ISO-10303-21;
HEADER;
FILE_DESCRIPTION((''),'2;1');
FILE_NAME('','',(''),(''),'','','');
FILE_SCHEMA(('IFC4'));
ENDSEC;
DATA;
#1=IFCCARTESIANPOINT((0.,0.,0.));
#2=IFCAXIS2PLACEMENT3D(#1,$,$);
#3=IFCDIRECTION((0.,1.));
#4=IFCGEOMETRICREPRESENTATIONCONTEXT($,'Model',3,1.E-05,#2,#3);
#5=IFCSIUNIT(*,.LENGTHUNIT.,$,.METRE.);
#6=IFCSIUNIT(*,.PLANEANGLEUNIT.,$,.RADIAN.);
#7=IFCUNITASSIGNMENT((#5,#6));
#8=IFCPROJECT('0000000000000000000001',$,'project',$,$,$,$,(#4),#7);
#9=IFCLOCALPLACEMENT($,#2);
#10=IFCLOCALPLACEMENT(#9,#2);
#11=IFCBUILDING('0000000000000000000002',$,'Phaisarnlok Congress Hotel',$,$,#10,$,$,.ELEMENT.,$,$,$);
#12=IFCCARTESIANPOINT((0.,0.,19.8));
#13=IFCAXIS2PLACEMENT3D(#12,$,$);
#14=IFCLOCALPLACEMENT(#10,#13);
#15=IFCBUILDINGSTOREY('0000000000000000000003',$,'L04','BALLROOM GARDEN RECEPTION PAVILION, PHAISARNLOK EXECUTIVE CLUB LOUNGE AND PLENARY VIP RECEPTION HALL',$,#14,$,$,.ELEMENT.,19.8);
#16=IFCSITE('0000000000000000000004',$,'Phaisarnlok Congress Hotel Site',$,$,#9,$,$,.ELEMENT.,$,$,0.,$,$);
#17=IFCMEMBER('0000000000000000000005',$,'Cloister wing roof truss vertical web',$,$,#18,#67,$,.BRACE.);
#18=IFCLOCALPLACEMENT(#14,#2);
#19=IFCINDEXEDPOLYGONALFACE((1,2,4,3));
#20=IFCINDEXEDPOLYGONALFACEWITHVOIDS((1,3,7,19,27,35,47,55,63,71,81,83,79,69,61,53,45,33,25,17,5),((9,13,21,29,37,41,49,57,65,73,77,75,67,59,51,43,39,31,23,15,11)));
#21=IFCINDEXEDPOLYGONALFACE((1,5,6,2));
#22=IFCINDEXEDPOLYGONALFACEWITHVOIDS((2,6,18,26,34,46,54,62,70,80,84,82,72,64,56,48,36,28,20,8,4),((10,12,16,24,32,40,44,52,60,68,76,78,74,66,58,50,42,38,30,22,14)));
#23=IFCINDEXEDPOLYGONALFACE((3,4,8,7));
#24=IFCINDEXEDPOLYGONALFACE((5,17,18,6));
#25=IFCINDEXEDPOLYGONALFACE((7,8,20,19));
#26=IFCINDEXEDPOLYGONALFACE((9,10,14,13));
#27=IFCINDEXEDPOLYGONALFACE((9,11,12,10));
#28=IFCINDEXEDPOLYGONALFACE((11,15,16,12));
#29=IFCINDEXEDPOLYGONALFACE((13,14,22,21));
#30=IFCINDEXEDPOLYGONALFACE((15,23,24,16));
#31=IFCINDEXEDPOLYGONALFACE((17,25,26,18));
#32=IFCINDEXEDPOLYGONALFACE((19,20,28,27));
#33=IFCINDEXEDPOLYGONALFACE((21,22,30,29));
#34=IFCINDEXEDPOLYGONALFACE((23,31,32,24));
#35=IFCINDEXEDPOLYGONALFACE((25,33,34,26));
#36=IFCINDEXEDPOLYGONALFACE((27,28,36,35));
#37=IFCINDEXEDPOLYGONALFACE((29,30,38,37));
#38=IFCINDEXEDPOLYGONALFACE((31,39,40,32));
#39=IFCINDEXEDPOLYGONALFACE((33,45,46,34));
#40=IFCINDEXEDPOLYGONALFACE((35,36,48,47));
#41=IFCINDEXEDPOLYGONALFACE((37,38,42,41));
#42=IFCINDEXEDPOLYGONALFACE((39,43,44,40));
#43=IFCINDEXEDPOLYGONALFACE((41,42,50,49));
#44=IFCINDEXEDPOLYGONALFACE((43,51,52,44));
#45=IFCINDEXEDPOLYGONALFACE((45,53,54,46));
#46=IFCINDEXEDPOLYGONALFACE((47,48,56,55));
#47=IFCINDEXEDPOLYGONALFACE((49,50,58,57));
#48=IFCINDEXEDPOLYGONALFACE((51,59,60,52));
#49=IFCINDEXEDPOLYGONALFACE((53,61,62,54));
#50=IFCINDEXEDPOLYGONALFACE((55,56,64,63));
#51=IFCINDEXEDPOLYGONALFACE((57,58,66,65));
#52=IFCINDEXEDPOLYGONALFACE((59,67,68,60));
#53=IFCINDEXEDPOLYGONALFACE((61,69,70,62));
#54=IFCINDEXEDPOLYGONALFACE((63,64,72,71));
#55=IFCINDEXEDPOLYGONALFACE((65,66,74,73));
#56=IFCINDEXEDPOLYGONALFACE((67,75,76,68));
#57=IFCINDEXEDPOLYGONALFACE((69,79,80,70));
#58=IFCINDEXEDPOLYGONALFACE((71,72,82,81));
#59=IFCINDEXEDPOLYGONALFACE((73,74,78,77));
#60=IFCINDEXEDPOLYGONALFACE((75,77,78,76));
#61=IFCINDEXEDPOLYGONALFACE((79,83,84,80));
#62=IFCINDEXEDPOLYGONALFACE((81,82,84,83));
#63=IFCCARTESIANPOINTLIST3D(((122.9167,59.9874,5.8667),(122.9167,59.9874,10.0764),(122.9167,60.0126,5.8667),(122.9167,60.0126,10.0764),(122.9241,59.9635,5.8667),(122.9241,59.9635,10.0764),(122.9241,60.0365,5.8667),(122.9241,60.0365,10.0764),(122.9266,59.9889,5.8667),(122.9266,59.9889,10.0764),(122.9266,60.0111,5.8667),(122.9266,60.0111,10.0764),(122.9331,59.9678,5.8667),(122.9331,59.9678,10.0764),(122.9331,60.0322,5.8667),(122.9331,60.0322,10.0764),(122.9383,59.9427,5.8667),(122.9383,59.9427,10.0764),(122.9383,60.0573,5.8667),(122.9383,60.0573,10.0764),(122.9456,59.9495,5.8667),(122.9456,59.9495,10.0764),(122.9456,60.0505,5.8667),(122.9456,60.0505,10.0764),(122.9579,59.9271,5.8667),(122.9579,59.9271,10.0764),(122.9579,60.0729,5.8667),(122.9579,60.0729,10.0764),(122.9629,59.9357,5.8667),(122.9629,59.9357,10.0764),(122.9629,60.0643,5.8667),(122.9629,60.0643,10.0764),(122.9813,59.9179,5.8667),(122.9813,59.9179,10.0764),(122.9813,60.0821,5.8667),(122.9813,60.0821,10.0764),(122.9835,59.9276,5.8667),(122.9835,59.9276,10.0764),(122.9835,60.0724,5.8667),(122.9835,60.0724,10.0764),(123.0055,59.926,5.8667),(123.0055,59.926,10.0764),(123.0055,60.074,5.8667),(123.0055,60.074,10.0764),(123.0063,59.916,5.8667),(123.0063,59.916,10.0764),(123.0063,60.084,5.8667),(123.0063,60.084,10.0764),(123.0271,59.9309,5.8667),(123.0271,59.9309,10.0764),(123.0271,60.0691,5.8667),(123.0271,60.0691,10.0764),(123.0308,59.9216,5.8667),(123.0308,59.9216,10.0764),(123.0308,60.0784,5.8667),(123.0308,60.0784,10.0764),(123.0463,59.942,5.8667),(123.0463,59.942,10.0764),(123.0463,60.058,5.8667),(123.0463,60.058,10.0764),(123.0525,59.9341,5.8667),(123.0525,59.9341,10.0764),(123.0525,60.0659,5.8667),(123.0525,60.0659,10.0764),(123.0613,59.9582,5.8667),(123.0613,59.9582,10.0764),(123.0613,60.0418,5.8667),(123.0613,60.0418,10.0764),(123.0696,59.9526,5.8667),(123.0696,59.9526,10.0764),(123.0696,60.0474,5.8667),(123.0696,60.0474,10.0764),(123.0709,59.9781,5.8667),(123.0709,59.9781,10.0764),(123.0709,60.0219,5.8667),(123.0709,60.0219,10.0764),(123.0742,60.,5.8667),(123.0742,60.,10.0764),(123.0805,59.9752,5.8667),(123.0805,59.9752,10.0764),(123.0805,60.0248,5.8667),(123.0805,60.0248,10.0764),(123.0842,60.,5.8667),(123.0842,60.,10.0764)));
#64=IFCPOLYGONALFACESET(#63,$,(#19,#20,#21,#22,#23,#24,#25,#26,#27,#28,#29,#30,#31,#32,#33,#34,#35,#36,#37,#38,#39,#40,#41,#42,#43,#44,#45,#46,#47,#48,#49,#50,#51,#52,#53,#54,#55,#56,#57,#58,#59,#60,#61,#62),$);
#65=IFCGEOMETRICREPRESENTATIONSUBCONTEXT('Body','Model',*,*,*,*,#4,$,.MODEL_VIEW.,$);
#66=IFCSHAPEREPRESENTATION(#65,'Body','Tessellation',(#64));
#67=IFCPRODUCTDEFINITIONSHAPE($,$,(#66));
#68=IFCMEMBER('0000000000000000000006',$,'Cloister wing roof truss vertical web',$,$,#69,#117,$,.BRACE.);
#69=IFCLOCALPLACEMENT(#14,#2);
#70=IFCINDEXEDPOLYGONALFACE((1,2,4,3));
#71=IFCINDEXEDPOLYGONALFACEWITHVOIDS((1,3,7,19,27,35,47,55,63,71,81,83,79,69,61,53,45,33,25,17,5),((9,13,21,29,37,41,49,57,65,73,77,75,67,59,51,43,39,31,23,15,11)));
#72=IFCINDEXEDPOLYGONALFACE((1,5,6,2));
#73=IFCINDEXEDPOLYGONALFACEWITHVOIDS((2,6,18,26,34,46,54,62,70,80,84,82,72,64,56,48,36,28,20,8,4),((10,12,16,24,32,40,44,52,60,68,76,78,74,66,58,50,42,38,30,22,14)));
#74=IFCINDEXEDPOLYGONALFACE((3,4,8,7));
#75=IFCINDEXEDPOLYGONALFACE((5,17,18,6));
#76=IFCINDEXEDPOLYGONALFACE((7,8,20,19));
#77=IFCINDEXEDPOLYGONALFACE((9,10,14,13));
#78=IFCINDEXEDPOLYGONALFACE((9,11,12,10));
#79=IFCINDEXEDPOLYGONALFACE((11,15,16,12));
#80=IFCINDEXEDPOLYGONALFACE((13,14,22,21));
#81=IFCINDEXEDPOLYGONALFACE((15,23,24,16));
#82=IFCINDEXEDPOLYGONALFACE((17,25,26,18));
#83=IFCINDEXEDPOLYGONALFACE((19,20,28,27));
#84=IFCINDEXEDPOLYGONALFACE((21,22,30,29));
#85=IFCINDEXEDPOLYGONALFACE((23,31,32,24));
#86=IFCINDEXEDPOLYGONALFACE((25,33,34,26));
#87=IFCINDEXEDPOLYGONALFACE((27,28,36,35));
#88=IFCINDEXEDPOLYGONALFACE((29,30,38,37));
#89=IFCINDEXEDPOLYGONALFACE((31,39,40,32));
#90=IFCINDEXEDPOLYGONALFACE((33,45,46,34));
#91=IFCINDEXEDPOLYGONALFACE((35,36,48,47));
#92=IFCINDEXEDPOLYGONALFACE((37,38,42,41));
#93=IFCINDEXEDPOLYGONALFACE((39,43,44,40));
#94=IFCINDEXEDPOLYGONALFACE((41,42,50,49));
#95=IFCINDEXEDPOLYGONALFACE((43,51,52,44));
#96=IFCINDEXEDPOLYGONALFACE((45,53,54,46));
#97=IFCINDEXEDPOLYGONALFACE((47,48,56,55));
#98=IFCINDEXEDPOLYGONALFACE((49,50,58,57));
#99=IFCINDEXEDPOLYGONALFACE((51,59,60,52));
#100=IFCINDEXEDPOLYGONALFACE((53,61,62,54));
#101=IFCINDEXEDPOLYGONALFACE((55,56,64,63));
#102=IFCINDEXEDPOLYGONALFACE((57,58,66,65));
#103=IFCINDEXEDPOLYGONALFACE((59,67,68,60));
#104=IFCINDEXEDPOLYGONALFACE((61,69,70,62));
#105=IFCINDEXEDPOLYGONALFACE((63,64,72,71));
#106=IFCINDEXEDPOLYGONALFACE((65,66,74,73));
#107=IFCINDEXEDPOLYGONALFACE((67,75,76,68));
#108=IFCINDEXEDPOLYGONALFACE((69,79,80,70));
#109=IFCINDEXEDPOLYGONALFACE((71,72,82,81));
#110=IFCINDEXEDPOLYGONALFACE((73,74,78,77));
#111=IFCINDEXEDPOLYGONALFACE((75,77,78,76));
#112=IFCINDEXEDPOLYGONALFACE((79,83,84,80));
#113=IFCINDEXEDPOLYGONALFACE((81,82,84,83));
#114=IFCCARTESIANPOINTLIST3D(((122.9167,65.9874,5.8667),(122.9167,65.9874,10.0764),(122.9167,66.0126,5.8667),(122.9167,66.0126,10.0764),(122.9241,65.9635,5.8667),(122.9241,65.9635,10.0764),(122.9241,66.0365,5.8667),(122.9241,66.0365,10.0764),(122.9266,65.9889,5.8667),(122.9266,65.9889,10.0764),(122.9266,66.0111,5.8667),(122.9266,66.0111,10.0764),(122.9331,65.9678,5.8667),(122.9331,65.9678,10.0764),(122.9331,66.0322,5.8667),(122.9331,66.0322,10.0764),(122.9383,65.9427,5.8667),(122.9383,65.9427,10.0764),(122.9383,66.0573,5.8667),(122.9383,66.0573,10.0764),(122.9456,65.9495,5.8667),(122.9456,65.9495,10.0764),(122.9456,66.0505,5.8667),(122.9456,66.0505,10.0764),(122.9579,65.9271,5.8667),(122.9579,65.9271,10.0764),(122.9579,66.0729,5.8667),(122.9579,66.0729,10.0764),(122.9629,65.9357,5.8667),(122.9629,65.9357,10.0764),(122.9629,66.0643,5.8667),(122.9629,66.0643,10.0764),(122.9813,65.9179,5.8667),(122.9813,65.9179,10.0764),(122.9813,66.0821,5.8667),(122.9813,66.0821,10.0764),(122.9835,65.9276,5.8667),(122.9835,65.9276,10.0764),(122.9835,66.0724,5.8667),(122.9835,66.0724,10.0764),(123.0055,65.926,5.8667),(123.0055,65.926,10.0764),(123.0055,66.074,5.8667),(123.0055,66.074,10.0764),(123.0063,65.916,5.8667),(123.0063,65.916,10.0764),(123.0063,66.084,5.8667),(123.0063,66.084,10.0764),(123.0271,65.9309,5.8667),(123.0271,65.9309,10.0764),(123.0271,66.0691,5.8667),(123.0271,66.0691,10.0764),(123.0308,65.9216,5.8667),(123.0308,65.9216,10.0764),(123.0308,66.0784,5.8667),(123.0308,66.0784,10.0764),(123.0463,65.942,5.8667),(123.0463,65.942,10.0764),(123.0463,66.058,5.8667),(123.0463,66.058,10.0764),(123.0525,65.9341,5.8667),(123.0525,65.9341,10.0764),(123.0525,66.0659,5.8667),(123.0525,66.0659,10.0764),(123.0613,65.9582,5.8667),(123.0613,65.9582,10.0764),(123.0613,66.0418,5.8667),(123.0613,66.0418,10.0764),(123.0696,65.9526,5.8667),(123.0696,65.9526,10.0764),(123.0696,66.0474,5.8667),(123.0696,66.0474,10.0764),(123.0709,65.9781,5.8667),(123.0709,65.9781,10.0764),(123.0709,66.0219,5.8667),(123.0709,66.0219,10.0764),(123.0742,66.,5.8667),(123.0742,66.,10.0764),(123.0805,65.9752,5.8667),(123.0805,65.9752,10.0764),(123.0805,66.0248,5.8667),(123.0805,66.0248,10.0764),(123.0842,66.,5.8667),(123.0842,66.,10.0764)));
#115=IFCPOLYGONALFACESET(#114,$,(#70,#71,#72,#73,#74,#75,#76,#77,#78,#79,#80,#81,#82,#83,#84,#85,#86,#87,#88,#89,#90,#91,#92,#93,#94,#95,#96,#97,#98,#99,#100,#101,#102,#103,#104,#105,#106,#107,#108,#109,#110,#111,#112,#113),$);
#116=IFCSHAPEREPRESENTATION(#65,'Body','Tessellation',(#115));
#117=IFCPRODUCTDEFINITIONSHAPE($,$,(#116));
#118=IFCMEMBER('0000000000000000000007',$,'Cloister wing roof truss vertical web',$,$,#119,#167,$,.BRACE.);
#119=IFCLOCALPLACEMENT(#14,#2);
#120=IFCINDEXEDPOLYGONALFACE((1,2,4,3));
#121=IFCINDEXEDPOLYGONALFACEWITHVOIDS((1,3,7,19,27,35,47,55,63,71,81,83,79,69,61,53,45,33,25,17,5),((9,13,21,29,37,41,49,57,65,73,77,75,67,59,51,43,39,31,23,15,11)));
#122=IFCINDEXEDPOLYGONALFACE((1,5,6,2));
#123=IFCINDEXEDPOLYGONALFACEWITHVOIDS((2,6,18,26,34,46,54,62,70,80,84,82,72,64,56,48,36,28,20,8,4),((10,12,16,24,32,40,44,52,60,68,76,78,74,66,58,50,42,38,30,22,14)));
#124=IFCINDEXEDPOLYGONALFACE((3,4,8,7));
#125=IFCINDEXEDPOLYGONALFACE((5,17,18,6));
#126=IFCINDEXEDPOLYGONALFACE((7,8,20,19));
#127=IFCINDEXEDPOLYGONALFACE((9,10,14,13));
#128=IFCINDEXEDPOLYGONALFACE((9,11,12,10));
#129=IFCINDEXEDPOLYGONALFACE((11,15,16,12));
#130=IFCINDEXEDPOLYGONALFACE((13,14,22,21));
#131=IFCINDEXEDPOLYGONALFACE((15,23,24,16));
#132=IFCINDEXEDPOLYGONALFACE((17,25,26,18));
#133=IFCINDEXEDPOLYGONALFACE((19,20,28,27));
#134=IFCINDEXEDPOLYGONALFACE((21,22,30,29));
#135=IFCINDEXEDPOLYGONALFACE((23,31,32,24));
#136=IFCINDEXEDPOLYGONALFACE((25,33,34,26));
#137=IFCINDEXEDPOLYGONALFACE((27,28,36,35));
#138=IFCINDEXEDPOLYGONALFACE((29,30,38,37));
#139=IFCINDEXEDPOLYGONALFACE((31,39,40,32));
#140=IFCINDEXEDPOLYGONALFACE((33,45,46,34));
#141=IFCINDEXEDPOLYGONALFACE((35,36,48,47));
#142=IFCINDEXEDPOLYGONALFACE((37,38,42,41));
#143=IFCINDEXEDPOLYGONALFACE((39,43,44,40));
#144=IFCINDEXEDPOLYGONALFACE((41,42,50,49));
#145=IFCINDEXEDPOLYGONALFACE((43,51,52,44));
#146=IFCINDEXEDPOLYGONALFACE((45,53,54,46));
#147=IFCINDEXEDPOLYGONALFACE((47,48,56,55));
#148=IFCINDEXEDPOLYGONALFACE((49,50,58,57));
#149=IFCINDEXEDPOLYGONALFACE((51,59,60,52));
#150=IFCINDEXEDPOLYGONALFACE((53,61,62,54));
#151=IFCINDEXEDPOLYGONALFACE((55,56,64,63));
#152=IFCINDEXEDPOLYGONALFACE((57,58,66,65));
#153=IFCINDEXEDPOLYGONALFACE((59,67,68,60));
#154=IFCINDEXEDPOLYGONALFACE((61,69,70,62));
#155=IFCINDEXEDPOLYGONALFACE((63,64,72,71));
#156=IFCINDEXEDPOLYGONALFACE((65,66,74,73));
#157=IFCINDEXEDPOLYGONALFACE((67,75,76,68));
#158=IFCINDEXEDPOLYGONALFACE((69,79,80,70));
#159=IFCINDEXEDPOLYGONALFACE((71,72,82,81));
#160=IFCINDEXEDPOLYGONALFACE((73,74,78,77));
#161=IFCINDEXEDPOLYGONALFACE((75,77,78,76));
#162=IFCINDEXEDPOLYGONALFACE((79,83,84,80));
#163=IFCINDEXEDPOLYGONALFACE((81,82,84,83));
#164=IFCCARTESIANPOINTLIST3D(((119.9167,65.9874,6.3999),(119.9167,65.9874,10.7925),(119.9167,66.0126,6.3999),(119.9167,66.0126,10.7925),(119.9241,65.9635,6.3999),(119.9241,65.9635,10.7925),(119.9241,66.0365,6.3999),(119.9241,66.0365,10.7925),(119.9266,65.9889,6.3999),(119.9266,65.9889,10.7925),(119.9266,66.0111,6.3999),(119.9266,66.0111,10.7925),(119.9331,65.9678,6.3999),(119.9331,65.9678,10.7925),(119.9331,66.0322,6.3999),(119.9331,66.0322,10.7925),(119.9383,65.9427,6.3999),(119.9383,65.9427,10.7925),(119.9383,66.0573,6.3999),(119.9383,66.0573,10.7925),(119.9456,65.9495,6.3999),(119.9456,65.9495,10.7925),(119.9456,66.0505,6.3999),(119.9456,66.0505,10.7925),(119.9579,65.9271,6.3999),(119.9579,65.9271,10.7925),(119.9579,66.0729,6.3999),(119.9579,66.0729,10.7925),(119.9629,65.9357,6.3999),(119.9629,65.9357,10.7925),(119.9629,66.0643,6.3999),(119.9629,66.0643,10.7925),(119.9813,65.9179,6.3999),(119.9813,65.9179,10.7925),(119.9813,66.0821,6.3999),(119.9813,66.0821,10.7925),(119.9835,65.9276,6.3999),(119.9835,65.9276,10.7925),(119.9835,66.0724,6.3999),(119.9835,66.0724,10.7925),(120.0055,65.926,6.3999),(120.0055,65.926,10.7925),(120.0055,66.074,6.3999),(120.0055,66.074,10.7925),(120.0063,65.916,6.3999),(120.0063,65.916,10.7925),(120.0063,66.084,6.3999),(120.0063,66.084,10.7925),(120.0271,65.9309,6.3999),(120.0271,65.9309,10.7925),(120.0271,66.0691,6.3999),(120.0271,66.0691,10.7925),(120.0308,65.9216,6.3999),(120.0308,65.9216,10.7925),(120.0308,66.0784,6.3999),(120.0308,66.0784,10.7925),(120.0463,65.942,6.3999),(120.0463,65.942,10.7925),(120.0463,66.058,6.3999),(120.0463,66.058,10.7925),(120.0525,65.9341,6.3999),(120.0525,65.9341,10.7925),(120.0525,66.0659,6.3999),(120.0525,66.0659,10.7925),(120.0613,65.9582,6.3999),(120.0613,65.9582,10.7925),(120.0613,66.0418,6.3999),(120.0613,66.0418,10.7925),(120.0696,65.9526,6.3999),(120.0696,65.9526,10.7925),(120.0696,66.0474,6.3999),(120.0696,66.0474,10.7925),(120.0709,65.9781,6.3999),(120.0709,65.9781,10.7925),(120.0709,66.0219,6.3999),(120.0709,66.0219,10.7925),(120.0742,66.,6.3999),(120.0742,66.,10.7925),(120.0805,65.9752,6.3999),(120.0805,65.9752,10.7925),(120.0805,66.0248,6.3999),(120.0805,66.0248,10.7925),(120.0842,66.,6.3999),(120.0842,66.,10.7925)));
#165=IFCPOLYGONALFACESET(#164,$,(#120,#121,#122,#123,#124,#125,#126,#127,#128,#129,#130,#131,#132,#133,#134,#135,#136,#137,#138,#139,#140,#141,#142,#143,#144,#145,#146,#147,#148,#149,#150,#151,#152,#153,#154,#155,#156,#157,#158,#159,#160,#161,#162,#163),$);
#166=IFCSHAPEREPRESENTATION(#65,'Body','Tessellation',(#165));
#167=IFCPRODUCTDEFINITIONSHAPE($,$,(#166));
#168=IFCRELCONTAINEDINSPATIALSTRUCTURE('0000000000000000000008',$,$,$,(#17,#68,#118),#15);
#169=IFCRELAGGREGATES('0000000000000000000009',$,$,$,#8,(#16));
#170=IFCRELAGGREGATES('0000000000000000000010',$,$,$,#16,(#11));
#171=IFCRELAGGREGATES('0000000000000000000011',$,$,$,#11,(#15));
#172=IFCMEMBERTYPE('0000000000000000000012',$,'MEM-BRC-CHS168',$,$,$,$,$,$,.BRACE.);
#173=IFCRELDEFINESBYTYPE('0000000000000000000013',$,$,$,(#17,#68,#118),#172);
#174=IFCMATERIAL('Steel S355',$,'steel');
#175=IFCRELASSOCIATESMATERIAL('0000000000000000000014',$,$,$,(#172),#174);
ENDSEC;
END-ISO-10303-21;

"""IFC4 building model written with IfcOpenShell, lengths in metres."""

from ifc_helpers import new_model, si_unit, direction, frame, origin, origin_2d, place, context, subcontext, project, spatial, hollow_circle, extrude, material, material_profile, profile_set, type_object, element, save


model = new_model("IFC4")

# Units and contexts
model_context = context("Model", 3, precision=1e-05, world=origin(), true_north=direction((0.0, 1.0)))
body_context = subcontext(model_context, "Body", "Model", "MODEL_VIEW")
ifc_project = project(units=[si_unit("LENGTHUNIT", "METRE"), si_unit("PLANEANGLEUNIT", "RADIAN")], contexts=[model_context])

# Site, building, storey
site_placement = place(None, origin())
site = spatial("IfcSite", under=ifc_project, at=site_placement, Name="Phaisarnlok Congress Hotel Site", CompositionType="ELEMENT", RefElevation=0.0)
building_placement = place(site_placement, origin())
building = spatial("IfcBuilding", under=site, at=building_placement, Name="Phaisarnlok Congress Hotel", CompositionType="ELEMENT")
storey_placement = place(building_placement, frame((0.0, 0.0, 19.8)))
storey = spatial("IfcBuildingStorey", under=building, at=storey_placement, Name="L04", Description="BALLROOM GARDEN RECEPTION PAVILION, PHAISARNLOK EXECUTIVE CLUB LOUNGE AND PLENARY VIP RECEPTION HALL", CompositionType="ELEMENT", Elevation=19.8)

# Shared definitions
ifc_material_1 = material(Name="Steel S355", Category="steel")

# Members
ifc_material_profile_1 = material_profile(ifc_material_1, hollow_circle(Radius=0.0842, WallThickness=0.01, at=origin_2d()), Name="CHS 168.3x10")
ifc_profile_set_1 = profile_set([ifc_material_profile_1], Name="Steel S355")
member_type_1 = type_object("IfcMemberType", Name="MEM-BRC-CHS168", PredefinedType="BRACE", material=ifc_profile_set_1)
for number, where, z_axis, x_axis, name in (
    (1, (123.0, 60.0, 5.8667), (0.0, 0.0, 1.0), (1.0, 0.0, 0.0), "Cloister wing roof truss vertical web"),
    (2, (123.0, 66.0, 5.8667), (0.0, 0.0, 1.0), (1.0, 0.0, 0.0), "Cloister wing roof truss vertical web"),
):
    element("IfcMember", number, at=place(storey_placement, frame(where, z_axis=z_axis, x_axis=x_axis)), inside=storey, type_object=member_type_1, Name=name, PredefinedType="BRACE", context=body_context, shape_type="SweptSolid", body=[
        extrude(hollow_circle(Radius=0.0842, WallThickness=0.01, at=origin_2d()), origin(), (0.0, 0.0, 1.0), 4.2097),
    ])
member_1_placement = place(storey_placement, frame((120.0, 66.0, 6.3999), z_axis=(0.0, 0.0, 1.0), x_axis=(1.0, 0.0, 0.0)))
element("IfcMember", 3, at=member_1_placement, inside=storey, type_object=member_type_1, Name="Cloister wing roof truss vertical web", PredefinedType="BRACE", context=body_context, shape_type="SweptSolid", body=[
    extrude(hollow_circle(Radius=0.0842, WallThickness=0.01, at=origin_2d()), origin(), (0.0, 0.0, 1.0), 4.3926),
])

save(model, "model.ifc")
